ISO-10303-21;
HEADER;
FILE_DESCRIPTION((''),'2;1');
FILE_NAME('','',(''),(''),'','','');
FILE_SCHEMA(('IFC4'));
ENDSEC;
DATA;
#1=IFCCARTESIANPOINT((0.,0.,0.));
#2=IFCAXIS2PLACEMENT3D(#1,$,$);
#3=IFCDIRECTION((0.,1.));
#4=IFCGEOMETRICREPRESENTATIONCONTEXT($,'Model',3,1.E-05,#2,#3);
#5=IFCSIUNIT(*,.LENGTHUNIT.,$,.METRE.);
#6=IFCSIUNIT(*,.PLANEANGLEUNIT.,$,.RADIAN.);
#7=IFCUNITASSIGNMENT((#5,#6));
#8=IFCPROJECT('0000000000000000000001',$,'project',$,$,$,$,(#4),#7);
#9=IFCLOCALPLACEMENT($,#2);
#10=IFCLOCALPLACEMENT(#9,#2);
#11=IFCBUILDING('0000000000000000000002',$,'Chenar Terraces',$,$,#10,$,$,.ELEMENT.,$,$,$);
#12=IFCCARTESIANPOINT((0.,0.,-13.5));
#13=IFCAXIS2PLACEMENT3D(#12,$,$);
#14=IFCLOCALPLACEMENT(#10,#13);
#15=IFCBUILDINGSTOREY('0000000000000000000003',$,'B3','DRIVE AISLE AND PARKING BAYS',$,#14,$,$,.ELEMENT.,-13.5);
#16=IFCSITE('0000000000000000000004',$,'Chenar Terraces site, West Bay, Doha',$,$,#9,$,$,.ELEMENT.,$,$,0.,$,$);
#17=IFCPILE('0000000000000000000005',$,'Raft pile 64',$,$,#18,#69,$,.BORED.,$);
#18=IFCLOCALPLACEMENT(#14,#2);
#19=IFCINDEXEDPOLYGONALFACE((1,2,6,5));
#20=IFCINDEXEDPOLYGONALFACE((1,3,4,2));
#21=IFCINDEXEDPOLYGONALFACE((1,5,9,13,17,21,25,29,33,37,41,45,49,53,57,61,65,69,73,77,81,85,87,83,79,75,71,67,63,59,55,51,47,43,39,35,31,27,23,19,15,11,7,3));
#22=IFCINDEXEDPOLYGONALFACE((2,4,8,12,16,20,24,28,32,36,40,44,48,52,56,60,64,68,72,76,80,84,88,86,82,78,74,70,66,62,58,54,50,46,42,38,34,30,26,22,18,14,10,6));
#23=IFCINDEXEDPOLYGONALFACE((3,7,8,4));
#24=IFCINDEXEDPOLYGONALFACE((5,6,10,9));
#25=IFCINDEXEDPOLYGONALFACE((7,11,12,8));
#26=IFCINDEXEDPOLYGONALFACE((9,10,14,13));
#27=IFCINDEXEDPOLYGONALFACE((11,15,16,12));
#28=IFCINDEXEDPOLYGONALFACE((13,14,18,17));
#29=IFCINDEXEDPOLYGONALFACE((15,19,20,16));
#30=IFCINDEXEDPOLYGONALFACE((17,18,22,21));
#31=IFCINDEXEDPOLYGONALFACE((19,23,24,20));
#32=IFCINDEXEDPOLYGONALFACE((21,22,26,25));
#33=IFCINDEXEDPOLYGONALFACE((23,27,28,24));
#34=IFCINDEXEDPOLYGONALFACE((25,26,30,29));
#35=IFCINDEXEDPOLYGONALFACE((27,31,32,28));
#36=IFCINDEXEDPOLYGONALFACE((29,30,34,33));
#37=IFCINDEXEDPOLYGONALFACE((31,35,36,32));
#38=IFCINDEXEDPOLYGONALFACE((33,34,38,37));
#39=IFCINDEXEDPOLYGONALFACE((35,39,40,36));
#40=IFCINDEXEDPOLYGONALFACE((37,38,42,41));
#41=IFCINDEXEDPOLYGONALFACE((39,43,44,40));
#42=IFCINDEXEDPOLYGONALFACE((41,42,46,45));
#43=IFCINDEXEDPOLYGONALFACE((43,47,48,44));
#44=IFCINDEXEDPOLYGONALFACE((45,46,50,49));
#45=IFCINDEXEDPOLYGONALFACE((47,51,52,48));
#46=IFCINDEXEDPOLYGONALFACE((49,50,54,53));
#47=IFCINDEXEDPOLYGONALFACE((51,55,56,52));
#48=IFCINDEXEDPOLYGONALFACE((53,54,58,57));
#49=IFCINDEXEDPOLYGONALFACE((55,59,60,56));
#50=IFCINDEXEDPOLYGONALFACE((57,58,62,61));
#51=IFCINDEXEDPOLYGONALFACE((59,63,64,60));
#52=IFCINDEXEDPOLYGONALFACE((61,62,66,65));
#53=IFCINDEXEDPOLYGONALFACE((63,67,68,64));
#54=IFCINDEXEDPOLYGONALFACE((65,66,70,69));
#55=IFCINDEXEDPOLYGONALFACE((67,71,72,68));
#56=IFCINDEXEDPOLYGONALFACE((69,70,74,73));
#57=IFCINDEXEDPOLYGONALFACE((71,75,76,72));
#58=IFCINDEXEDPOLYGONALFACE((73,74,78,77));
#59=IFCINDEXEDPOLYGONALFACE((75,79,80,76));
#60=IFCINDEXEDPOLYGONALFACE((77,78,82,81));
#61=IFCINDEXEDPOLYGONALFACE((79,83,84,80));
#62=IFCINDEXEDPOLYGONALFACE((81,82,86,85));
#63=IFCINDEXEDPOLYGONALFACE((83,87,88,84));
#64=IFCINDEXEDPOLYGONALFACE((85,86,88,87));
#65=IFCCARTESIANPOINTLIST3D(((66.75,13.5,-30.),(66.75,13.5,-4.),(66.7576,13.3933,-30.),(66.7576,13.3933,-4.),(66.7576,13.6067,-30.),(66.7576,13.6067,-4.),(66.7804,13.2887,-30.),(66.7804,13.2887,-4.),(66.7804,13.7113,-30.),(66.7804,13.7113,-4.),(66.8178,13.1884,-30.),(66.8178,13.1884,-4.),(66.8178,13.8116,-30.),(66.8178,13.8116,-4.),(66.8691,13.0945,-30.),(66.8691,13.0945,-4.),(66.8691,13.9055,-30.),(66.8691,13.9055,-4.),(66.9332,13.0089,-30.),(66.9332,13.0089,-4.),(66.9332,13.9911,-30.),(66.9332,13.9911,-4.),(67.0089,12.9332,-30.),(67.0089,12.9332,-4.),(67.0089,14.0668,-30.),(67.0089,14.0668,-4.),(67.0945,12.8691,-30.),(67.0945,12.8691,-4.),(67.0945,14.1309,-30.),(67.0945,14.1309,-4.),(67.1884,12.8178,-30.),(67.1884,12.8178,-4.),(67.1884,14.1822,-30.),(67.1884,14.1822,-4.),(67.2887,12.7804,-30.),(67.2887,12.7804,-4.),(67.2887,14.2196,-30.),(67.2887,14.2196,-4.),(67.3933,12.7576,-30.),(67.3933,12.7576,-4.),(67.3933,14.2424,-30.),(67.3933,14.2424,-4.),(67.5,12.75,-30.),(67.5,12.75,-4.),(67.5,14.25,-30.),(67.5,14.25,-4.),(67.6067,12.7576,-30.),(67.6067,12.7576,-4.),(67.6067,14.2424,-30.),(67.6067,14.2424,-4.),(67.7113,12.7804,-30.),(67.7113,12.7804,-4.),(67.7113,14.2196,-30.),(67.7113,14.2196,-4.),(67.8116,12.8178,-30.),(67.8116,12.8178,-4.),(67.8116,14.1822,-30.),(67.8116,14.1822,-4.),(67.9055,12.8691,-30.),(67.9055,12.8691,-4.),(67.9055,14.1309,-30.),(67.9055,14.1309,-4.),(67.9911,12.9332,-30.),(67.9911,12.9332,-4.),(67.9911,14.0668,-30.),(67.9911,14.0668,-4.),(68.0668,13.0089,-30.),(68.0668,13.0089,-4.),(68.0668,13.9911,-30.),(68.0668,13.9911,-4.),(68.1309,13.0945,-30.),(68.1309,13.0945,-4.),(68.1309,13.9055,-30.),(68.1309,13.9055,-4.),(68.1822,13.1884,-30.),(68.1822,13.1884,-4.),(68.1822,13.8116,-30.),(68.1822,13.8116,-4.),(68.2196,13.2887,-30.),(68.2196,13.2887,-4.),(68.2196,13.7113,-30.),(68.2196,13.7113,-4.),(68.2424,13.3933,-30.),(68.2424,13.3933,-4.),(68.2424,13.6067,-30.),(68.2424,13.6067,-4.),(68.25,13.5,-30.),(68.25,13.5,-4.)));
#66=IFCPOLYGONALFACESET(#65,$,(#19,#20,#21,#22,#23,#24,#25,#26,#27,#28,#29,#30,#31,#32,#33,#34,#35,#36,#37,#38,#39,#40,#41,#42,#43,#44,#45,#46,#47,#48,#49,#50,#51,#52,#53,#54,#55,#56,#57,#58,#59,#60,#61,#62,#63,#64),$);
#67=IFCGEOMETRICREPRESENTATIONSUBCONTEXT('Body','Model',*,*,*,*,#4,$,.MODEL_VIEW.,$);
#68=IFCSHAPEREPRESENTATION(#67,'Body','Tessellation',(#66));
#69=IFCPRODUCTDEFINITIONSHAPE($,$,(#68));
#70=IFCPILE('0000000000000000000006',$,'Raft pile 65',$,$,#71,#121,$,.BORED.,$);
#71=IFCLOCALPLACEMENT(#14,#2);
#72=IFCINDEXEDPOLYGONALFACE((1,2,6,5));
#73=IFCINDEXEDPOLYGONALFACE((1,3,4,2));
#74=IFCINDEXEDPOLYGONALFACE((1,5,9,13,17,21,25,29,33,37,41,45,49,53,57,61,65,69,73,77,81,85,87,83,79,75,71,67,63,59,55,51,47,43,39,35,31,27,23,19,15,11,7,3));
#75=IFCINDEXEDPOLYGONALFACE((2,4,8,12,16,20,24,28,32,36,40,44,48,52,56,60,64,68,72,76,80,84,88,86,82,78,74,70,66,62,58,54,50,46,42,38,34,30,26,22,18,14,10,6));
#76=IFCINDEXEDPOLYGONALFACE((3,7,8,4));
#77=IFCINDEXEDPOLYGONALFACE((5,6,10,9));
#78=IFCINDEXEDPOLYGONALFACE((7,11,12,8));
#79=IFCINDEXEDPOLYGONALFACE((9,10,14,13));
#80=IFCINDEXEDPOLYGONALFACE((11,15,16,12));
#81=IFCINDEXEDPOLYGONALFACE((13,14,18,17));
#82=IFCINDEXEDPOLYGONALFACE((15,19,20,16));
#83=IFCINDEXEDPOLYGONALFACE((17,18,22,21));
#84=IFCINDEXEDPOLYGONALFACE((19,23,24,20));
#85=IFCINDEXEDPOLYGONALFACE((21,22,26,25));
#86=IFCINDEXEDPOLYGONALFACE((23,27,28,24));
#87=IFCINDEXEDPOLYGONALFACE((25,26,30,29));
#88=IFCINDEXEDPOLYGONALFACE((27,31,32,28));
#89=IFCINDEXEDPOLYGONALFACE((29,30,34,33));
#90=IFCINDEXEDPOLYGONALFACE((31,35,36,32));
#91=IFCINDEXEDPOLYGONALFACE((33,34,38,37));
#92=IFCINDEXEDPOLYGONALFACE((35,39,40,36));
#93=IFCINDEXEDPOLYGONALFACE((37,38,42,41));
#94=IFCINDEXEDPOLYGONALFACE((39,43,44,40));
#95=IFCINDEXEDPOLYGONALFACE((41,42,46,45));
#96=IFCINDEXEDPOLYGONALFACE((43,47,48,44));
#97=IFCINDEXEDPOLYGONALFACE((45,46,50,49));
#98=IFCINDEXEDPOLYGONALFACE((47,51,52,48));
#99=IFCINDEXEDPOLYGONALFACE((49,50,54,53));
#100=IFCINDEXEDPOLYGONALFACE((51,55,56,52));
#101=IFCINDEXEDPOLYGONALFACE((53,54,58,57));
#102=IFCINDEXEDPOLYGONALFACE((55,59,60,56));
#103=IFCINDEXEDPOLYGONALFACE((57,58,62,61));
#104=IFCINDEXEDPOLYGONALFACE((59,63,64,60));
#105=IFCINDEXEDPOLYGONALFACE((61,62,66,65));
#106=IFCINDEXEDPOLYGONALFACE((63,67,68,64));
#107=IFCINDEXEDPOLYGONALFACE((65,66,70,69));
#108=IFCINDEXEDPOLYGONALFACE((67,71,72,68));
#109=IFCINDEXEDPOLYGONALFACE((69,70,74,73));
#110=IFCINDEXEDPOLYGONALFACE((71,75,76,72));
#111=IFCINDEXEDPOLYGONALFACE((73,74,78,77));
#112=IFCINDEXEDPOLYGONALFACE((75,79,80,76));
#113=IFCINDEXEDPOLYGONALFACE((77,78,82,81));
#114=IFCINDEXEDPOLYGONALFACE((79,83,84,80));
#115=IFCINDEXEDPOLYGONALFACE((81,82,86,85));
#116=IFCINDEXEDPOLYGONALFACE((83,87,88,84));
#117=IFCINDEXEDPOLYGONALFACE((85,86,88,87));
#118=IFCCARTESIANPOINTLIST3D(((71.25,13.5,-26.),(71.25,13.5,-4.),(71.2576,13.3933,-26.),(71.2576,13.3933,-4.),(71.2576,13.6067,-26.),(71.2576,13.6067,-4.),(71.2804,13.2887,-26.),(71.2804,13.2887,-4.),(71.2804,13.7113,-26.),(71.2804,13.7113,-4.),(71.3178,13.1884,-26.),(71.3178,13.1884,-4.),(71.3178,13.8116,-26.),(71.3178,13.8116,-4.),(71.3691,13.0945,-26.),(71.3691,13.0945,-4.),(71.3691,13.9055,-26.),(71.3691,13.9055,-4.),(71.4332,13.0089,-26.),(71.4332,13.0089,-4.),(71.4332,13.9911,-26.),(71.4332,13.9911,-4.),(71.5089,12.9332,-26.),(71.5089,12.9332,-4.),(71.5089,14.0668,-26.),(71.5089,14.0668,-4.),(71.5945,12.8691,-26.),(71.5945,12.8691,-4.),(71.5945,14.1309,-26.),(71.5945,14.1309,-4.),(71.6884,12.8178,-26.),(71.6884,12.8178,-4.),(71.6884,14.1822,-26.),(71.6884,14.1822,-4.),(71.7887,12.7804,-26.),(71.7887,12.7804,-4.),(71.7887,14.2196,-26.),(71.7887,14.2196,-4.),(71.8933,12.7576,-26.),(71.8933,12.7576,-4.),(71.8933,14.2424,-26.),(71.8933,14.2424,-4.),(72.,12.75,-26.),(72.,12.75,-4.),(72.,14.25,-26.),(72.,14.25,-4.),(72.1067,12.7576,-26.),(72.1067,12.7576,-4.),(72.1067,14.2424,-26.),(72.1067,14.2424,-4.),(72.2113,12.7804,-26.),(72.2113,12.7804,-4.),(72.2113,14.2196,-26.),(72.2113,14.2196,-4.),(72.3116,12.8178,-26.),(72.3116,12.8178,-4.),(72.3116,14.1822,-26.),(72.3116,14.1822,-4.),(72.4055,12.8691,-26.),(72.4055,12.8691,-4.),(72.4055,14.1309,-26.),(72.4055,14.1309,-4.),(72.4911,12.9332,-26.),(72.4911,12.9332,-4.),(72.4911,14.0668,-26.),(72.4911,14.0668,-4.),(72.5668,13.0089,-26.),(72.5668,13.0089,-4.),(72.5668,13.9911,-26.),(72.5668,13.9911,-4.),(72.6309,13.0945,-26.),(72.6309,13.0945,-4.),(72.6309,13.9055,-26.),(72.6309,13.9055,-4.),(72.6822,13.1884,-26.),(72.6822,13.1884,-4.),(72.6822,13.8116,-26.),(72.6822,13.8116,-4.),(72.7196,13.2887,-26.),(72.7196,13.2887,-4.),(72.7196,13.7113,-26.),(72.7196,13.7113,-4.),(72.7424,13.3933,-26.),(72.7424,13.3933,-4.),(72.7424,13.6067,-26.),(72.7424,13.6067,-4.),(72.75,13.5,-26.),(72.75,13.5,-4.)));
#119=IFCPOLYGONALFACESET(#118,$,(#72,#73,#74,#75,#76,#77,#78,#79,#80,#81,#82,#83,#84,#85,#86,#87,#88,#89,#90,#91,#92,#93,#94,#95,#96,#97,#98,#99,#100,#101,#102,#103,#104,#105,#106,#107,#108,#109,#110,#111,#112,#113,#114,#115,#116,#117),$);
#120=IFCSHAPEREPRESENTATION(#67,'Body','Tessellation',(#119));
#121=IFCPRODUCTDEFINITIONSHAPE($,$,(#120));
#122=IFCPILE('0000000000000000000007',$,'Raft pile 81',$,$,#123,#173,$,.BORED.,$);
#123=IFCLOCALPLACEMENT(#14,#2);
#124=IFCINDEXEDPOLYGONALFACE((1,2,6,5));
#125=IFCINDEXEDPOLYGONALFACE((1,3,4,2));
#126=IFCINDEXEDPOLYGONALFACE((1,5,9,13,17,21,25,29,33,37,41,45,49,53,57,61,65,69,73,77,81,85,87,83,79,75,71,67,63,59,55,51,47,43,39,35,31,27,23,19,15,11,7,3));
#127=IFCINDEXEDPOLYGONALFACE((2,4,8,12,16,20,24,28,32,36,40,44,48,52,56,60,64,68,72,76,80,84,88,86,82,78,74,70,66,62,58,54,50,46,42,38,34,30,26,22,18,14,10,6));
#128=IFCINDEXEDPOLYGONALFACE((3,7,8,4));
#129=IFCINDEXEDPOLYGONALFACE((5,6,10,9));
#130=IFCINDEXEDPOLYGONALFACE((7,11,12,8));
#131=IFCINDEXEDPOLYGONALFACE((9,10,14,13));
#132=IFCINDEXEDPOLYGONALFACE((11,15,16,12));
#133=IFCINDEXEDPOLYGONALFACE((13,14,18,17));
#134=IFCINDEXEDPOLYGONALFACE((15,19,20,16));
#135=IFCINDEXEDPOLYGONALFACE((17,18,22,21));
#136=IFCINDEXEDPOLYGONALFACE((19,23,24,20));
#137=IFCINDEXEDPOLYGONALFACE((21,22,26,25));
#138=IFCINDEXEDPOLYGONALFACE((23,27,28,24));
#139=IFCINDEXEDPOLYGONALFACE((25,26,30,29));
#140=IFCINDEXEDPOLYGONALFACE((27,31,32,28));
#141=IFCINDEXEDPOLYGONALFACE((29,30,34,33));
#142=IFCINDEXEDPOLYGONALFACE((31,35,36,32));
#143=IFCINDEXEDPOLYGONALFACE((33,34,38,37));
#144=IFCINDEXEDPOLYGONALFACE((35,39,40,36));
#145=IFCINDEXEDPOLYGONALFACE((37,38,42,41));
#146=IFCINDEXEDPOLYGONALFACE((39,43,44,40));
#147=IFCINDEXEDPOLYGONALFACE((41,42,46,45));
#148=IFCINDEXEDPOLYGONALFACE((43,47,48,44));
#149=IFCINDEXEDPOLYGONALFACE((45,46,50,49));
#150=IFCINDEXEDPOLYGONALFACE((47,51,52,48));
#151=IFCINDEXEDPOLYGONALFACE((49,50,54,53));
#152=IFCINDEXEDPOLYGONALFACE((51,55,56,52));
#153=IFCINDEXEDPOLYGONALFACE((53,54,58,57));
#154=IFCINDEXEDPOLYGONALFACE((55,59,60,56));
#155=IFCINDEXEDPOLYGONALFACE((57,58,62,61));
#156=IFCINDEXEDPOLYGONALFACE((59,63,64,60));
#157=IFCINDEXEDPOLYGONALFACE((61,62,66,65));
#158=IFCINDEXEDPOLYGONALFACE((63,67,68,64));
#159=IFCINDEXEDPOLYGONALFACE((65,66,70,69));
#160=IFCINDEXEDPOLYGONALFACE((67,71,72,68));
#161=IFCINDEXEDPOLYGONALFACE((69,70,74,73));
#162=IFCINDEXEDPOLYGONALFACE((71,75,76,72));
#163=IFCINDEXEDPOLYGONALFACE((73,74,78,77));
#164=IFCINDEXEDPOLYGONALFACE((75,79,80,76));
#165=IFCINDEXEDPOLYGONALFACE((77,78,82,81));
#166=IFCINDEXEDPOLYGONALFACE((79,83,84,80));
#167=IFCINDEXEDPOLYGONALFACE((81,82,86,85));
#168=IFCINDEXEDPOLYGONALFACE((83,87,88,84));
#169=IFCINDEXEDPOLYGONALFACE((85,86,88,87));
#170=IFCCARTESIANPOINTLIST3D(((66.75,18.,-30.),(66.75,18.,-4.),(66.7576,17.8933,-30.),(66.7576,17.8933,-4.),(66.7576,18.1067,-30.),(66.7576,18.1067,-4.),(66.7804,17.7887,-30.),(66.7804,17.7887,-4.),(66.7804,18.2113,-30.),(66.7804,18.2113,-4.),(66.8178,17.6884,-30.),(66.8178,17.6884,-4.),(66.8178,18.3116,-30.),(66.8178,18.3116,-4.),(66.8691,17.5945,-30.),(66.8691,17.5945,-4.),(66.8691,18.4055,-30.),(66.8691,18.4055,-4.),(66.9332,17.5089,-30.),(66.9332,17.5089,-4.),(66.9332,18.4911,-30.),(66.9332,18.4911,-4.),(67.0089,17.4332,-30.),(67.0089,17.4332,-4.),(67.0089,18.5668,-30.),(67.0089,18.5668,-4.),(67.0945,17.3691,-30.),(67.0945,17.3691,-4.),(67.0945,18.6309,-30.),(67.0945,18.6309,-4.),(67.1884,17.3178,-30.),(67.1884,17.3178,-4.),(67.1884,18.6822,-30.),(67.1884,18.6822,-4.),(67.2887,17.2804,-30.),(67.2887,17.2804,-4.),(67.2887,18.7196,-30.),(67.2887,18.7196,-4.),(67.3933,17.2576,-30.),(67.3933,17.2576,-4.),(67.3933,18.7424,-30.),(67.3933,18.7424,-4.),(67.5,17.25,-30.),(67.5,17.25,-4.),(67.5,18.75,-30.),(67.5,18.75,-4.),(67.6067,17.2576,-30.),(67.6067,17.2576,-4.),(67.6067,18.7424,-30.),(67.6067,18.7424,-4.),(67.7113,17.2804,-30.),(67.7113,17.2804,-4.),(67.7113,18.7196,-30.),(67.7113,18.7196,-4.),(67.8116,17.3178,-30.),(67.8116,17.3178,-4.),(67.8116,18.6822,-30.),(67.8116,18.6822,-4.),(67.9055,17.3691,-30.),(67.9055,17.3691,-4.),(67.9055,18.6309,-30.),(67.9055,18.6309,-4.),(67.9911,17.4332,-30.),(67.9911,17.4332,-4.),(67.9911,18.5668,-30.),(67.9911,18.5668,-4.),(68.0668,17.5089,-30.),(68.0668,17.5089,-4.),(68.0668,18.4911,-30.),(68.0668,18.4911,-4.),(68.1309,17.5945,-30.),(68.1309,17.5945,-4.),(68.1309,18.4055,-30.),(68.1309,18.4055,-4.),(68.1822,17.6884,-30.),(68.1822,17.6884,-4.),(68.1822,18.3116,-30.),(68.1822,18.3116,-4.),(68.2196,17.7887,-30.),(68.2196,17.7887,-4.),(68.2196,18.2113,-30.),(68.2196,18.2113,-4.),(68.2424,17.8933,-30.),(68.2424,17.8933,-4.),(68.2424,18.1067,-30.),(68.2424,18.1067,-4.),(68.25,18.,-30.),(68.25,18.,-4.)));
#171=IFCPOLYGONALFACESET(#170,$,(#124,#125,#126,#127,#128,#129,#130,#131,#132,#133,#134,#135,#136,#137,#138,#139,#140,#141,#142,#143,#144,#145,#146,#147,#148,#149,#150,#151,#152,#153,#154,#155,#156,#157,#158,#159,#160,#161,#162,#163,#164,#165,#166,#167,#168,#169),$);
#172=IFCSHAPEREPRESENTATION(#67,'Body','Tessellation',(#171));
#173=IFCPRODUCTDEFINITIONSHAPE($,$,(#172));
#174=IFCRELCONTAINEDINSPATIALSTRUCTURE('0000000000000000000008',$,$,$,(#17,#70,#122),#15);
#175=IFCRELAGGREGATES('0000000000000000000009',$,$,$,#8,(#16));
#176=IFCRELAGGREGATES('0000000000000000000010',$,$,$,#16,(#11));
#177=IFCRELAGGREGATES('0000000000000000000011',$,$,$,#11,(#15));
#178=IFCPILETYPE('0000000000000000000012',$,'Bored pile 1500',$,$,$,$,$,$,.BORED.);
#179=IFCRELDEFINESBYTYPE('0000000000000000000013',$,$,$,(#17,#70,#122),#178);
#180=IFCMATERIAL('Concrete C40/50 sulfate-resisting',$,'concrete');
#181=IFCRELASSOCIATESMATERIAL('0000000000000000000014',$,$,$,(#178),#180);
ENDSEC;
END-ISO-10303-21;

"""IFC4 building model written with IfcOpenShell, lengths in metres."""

from ifc_helpers import new_model, si_unit, direction, frame, origin, origin_2d, place, context, subcontext, project, spatial, circle, extrude, material, material_profile, profile_set, type_object, element, save


model = new_model("IFC4")

# Units and contexts
model_context = context("Model", 3, precision=1e-05, world=origin(), true_north=direction((0.0, 1.0)))
body_context = subcontext(model_context, "Body", "Model", "MODEL_VIEW")
ifc_project = project(units=[si_unit("LENGTHUNIT", "METRE"), si_unit("PLANEANGLEUNIT", "RADIAN")], contexts=[model_context])

# Site, building, storey
site_placement = place(None, origin())
site = spatial("IfcSite", under=ifc_project, at=site_placement, Name="Chenar Terraces site, West Bay, Doha", CompositionType="ELEMENT", RefElevation=0.0)
building_placement = place(site_placement, origin())
building = spatial("IfcBuilding", under=site, at=building_placement, Name="Chenar Terraces", CompositionType="ELEMENT")
storey_placement = place(building_placement, frame((0.0, 0.0, -13.5)))
storey = spatial("IfcBuildingStorey", under=building, at=storey_placement, Name="B3", Description="DRIVE AISLE AND PARKING BAYS", CompositionType="ELEMENT", Elevation=-13.5)

# Piles
ifc_material_1 = material(Name="Concrete C40/50 sulfate-resisting", Category="concrete")
ifc_material_profile_1 = material_profile(ifc_material_1, circle(Radius=0.75, at=origin_2d()), Name="BP 1500")
ifc_profile_set_1 = profile_set([ifc_material_profile_1], Name="Concrete C40/50 sulfate-resisting")
pile_type_1 = type_object("IfcPileType", Name="Bored pile 1500", PredefinedType="BORED", material=ifc_profile_set_1)
pile_1_placement = place(storey_placement, frame((67.5, 13.5, -4.0), z_axis=(0.0, 0.0, -1.0), x_axis=(1.0, 0.0, 0.0)))
element("IfcPile", 1, at=pile_1_placement, inside=storey, type_object=pile_type_1, Name="Raft pile 64", PredefinedType="BORED", context=body_context, shape_type="SweptSolid", body=[
    extrude(circle(Radius=0.75, at=origin_2d()), origin(), (0.0, 0.0, 1.0), 26.0),
])
pile_2_placement = place(storey_placement, frame((72.0, 13.5, -4.0), z_axis=(0.0, 0.0, -1.0), x_axis=(1.0, 0.0, 0.0)))
element("IfcPile", 2, at=pile_2_placement, inside=storey, type_object=pile_type_1, Name="Raft pile 65", PredefinedType="BORED", context=body_context, shape_type="SweptSolid", body=[
    extrude(circle(Radius=0.75, at=origin_2d()), origin(), (0.0, 0.0, 1.0), 22.0),
])
pile_3_placement = place(storey_placement, frame((67.5, 18.0, -4.0), z_axis=(0.0, 0.0, -1.0), x_axis=(1.0, 0.0, 0.0)))
element("IfcPile", 3, at=pile_3_placement, inside=storey, type_object=pile_type_1, Name="Raft pile 81", PredefinedType="BORED", context=body_context, shape_type="SweptSolid", body=[
    extrude(circle(Radius=0.75, at=origin_2d()), origin(), (0.0, 0.0, 1.0), 26.0),
])

save(model, "model.ifc")
